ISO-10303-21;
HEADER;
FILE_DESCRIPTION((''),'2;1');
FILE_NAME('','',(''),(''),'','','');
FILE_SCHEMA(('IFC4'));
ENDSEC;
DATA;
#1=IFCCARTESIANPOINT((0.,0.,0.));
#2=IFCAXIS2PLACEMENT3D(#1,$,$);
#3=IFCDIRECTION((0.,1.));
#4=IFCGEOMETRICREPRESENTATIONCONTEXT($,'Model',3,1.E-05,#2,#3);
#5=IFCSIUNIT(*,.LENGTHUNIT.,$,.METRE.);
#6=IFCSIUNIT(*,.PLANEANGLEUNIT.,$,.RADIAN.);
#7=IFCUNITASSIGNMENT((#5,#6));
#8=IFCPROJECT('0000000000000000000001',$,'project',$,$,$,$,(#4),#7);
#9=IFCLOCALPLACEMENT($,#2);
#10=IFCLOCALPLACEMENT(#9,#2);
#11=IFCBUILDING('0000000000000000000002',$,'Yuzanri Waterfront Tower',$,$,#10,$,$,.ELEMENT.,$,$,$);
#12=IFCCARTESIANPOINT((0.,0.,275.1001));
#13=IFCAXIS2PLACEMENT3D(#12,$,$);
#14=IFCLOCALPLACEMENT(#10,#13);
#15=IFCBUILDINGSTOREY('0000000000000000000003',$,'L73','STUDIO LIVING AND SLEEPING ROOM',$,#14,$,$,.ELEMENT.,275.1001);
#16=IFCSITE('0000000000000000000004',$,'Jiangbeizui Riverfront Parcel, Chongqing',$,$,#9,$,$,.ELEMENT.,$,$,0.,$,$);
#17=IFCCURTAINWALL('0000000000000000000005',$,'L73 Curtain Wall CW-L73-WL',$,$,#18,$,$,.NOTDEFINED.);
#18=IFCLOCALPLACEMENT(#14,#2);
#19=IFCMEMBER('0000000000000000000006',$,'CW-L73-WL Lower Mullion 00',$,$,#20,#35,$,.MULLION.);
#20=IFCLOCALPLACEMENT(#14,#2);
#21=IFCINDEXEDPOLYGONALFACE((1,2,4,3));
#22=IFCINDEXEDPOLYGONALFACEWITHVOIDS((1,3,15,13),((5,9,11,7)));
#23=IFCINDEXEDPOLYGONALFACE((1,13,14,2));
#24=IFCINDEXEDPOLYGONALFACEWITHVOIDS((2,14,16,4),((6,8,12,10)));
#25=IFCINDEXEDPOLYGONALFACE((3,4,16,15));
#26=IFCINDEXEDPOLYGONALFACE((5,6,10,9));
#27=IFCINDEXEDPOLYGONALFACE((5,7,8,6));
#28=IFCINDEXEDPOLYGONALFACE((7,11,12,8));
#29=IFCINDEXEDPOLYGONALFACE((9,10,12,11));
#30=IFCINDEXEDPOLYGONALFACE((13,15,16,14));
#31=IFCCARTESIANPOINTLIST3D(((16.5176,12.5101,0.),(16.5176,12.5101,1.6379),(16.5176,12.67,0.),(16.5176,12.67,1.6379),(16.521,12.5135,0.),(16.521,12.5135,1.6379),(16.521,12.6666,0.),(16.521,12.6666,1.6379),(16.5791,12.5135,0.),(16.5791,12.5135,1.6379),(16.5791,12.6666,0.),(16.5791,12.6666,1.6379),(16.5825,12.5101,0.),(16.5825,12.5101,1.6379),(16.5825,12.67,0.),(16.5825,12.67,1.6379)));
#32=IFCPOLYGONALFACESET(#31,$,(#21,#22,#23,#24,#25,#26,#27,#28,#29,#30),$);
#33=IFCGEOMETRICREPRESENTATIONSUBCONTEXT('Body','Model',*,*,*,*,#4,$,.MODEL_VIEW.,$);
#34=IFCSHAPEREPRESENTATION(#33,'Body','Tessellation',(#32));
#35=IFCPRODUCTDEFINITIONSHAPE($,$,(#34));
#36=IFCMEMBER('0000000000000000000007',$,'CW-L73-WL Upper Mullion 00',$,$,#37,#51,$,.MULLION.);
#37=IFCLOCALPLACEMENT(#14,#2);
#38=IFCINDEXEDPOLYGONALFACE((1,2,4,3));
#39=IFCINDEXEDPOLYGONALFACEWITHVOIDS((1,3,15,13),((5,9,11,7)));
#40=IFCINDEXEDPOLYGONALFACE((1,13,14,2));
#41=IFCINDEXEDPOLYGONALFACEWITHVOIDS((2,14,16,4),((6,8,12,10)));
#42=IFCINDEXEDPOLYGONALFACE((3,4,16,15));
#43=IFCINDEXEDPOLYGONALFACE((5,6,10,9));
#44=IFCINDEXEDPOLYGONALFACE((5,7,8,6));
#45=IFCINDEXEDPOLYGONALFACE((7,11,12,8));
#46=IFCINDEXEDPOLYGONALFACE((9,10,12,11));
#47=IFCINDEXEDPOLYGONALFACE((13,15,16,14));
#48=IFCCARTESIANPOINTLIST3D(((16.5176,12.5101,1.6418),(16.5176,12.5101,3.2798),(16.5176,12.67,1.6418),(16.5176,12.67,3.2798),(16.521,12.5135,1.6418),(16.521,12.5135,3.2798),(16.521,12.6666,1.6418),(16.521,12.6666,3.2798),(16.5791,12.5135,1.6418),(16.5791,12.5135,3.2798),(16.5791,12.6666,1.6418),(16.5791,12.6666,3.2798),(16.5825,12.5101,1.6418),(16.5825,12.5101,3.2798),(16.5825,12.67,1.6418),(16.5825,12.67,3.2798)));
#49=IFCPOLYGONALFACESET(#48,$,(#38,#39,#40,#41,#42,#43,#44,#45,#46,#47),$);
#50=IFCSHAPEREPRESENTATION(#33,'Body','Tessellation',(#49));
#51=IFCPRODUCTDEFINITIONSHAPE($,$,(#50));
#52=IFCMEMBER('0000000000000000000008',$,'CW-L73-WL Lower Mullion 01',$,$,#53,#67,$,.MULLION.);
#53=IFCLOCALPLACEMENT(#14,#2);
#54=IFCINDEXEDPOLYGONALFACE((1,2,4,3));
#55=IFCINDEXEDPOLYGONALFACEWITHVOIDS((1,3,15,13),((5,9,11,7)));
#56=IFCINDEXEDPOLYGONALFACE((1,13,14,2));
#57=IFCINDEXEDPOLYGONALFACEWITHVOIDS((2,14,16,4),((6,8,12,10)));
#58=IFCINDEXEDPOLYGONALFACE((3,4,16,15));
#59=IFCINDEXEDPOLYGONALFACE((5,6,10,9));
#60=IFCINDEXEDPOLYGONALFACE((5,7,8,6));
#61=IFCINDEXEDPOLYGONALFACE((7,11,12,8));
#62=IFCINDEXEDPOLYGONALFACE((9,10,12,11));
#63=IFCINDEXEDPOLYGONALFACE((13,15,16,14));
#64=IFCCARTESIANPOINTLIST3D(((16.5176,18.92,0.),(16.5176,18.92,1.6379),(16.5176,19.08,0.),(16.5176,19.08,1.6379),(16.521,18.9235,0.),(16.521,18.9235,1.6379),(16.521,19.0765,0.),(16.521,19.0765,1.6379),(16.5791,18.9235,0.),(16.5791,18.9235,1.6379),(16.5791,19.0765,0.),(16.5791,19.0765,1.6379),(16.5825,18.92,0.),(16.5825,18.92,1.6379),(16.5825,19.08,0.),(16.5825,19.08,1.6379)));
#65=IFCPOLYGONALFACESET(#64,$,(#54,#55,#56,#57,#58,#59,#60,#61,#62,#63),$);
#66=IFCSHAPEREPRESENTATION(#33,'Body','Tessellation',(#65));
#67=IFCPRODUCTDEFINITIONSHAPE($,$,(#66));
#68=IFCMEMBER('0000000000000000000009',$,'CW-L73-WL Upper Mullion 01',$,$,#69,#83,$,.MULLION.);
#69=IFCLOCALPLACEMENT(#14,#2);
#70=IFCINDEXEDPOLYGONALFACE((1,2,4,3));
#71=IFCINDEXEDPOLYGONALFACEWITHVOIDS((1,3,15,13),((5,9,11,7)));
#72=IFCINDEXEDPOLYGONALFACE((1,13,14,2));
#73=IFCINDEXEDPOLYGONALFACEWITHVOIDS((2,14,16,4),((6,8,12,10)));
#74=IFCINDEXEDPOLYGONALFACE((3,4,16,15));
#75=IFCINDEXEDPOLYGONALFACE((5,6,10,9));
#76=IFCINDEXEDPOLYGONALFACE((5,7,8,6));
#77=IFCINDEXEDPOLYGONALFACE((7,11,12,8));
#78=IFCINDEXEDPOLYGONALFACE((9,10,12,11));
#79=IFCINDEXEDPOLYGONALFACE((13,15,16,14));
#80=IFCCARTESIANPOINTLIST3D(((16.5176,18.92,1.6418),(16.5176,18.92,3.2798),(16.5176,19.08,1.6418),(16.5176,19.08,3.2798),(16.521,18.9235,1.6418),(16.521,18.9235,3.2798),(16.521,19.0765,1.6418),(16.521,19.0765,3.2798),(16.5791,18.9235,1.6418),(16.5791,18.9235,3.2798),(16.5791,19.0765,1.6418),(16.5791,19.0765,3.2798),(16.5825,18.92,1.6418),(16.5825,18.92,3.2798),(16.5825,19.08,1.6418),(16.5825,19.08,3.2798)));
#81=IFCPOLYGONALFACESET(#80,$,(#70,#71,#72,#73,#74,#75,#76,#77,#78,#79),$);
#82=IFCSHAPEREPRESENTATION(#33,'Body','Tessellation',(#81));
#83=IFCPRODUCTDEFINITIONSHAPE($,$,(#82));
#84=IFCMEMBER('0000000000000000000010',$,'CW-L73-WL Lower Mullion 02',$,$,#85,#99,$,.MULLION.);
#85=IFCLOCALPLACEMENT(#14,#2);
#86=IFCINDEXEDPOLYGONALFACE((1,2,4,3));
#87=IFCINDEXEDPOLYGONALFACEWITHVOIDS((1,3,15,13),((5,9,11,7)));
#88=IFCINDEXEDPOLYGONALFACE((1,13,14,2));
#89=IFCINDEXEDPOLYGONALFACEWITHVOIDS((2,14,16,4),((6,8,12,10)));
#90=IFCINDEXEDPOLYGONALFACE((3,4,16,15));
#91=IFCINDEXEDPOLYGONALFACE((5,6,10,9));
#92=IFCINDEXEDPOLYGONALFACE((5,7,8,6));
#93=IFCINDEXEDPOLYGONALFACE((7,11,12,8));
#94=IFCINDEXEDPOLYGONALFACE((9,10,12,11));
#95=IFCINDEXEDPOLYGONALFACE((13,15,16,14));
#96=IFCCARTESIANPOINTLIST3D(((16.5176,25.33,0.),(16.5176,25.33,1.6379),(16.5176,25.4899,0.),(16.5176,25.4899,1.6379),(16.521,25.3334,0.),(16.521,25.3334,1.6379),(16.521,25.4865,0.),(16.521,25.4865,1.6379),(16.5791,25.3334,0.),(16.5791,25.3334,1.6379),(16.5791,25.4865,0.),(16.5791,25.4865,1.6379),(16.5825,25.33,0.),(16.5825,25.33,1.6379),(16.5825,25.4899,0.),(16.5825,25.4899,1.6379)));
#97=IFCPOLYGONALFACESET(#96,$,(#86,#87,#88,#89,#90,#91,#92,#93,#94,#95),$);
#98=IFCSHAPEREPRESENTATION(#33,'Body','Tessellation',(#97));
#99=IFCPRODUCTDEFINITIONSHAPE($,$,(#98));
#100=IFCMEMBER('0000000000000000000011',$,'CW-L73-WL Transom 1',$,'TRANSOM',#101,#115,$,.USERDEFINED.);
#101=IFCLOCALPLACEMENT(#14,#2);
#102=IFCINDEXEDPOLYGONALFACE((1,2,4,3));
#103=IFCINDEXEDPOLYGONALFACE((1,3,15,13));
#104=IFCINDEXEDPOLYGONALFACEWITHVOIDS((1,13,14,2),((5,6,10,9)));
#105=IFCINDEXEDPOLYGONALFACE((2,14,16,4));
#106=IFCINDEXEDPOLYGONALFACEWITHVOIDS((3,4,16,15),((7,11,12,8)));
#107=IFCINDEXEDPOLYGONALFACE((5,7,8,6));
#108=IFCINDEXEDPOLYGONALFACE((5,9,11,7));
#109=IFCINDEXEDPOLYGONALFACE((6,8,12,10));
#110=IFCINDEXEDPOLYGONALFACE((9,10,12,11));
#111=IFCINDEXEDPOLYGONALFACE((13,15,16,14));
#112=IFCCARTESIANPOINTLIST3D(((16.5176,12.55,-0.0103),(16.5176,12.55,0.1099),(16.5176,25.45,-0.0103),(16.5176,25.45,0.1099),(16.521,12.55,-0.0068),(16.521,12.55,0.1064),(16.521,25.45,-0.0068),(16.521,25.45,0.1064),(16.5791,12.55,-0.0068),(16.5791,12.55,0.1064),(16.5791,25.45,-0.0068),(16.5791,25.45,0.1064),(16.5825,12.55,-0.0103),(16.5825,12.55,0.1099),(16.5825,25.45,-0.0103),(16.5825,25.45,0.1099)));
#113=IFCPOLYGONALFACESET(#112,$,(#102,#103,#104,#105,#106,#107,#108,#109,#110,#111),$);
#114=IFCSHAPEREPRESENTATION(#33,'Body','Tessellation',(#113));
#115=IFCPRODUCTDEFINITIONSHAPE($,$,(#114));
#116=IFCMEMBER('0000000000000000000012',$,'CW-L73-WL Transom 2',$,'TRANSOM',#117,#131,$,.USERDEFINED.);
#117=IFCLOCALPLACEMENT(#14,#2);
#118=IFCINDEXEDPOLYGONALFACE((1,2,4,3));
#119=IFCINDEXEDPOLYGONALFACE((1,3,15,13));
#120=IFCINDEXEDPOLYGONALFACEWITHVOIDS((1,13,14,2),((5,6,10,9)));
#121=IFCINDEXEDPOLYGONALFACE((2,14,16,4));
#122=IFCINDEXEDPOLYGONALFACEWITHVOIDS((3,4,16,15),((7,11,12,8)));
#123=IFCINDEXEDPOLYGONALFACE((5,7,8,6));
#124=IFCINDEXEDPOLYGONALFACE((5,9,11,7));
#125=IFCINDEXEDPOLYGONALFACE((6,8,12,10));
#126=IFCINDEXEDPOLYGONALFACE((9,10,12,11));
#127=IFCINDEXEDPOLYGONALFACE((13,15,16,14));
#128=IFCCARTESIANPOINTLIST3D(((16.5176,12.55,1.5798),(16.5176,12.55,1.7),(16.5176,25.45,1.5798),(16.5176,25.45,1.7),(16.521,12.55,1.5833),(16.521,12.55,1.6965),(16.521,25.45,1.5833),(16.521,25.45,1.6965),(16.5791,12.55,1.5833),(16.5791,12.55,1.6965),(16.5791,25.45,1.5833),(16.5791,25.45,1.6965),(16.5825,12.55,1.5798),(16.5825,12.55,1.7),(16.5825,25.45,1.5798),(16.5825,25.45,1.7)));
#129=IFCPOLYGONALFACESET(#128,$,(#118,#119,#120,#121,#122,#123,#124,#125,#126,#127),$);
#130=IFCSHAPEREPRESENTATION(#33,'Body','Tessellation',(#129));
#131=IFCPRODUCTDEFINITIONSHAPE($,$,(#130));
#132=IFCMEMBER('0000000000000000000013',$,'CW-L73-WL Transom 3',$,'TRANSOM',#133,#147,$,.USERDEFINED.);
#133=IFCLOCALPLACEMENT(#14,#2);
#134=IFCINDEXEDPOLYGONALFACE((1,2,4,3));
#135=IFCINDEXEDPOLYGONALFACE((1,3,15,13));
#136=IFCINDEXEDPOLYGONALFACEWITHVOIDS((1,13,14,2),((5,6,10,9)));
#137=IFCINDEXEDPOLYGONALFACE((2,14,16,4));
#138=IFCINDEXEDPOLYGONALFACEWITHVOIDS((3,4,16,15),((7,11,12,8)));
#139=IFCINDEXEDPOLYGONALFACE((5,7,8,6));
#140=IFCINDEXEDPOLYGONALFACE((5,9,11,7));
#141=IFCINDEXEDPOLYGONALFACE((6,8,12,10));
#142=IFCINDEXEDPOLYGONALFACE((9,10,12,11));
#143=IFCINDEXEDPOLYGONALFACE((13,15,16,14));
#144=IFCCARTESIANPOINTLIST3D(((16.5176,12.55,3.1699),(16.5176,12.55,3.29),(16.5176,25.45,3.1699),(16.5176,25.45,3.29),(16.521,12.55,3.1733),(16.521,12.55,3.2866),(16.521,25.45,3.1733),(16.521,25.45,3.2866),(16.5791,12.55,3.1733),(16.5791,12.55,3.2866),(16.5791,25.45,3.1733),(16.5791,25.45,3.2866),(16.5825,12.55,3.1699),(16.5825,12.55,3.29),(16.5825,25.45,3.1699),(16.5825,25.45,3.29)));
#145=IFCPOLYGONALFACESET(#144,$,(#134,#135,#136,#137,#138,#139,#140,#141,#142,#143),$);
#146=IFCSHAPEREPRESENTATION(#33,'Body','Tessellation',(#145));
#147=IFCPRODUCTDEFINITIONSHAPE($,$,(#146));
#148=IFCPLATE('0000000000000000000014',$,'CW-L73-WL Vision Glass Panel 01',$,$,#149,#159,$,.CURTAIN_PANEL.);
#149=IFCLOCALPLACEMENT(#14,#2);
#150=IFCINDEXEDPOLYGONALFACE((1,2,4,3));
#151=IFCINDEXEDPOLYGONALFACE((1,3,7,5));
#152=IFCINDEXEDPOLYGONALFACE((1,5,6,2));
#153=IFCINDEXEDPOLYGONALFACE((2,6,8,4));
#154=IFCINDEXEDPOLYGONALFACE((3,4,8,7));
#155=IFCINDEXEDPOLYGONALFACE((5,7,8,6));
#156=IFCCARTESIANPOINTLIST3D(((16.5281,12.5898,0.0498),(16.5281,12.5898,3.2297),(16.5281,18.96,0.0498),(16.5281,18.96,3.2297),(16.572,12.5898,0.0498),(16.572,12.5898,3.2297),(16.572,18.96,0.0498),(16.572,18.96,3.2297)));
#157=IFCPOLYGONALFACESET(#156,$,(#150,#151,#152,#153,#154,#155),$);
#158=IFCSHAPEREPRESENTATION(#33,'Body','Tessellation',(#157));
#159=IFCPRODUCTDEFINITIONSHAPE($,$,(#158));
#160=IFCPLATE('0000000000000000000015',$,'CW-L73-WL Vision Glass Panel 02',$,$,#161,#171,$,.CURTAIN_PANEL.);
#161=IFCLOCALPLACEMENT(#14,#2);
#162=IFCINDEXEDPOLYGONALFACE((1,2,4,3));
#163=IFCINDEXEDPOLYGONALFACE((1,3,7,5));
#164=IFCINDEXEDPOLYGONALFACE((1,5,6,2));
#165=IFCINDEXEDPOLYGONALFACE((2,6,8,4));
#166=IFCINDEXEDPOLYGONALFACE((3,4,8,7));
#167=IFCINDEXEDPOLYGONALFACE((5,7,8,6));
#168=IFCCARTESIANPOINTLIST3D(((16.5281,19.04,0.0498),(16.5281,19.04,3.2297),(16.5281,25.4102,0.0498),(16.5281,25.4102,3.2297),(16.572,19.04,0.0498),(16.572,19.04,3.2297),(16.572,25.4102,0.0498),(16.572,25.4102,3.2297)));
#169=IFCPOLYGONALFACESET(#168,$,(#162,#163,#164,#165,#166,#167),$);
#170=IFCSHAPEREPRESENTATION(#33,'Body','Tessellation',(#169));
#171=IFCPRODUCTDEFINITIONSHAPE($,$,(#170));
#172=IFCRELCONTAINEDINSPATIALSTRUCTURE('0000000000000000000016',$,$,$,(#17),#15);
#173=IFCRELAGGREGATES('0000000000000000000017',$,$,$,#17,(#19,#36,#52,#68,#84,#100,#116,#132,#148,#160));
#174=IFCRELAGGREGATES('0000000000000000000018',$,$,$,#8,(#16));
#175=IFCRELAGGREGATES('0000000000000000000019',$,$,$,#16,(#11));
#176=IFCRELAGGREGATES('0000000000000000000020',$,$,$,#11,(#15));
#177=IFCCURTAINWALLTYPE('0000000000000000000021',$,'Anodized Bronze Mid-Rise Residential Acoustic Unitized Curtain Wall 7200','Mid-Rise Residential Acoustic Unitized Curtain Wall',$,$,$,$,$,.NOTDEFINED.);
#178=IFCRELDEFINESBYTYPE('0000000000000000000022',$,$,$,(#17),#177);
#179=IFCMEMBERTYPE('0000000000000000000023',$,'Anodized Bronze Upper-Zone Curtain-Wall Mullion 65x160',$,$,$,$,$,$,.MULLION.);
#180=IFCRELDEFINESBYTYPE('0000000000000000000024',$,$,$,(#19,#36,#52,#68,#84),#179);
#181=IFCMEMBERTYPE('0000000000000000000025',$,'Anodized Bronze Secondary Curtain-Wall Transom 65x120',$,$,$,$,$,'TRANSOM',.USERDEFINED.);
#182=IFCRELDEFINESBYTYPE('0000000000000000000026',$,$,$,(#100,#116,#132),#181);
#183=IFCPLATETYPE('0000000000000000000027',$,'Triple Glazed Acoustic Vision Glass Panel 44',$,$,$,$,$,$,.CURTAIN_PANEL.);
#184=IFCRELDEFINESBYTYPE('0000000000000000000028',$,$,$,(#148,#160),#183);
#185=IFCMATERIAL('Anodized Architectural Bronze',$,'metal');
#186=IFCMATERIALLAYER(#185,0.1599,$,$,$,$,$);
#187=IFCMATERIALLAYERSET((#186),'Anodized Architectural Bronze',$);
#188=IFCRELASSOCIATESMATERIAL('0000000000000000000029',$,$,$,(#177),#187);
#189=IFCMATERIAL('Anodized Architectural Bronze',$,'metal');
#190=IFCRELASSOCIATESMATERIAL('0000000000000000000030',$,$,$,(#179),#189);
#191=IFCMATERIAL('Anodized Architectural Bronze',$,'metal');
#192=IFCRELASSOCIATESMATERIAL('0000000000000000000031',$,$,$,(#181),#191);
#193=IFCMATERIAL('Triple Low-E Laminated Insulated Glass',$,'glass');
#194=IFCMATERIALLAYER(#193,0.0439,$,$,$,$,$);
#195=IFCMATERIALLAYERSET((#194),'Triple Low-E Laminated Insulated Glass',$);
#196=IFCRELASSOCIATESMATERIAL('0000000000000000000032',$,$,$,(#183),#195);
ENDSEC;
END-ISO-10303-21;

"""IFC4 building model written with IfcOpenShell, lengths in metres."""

from ifc_helpers import new_model, si_unit, direction, frame, origin, origin_2d, place, context, subcontext, project, spatial, rectangle, hollow_rectangle, extrude, source, transform, mapped, material, layer, layer_set, material_profile, profile_set, type_object, element, aggregate, save


model = new_model("IFC4")

# Units and contexts
model_context = context("Model", 3, precision=1e-05, world=origin(), true_north=direction((0.0, 1.0)))
body_context = subcontext(model_context, "Body", "Model", "MODEL_VIEW")
ifc_project = project(units=[si_unit("LENGTHUNIT", "METRE"), si_unit("PLANEANGLEUNIT", "RADIAN")], contexts=[model_context])

# Site, building, storey
site_placement = place(None, origin())
site = spatial("IfcSite", under=ifc_project, at=site_placement, Name="Jiangbeizui Riverfront Parcel, Chongqing", CompositionType="ELEMENT", RefElevation=0.0)
building_placement = place(site_placement, origin())
building = spatial("IfcBuilding", under=site, at=building_placement, Name="Yuzanri Waterfront Tower", CompositionType="ELEMENT")
storey_placement = place(building_placement, frame((0.0, 0.0, 275.1001)))
storey = spatial("IfcBuildingStorey", under=building, at=storey_placement, Name="L73", Description="STUDIO LIVING AND SLEEPING ROOM", CompositionType="ELEMENT", Elevation=275.1001)

# Curtain wall, members, plates
ifc_material_1 = material(Name="Anodized Architectural Bronze", Category="metal")
ifc_layer_1 = layer(ifc_material_1, 0.1599)
ifc_layer_set_1 = layer_set([ifc_layer_1], Name="Anodized Architectural Bronze")
curtain_wall_type = type_object("IfcCurtainWallType", Name="Anodized Bronze Mid-Rise Residential Acoustic Unitized Curtain Wall 7200", Description="Mid-Rise Residential Acoustic Unitized Curtain Wall", PredefinedType="NOTDEFINED", material=ifc_layer_set_1)
curtain_wall_placement = place(storey_placement, origin())
curtain_wall = element("IfcCurtainWall", 1, at=curtain_wall_placement, inside=storey, type_object=curtain_wall_type, Name="L73 Curtain Wall CW-L73-WL", PredefinedType="NOTDEFINED")
ifc_material_2 = material(Name="Anodized Architectural Bronze", Category="metal")
ifc_material_profile_1 = material_profile(ifc_material_2, hollow_rectangle(XDim=0.0649, YDim=0.1599, WallThickness=0.0034, at=origin_2d()), Name="CWM 65x160")
ifc_profile_set_1 = profile_set([ifc_material_profile_1], Name="Anodized Architectural Bronze")
member_type_1 = type_object("IfcMemberType", Name="Anodized Bronze Upper-Zone Curtain-Wall Mullion 65x160", PredefinedType="MULLION", material=ifc_profile_set_1)
shared_shape_1 = source(origin(), body_context, "Body", "SweptSolid", [
    extrude(hollow_rectangle(XDim=0.0649, YDim=0.1599, WallThickness=0.0034, at=origin_2d()), origin(), (0.0, 0.0, 1.0), 1.6379),
])
member_1_placement = place(storey_placement, frame((16.55, 12.5901, 0.0), z_axis=(0.0, 0.0, 1.0), x_axis=(1.0, 0.0, 0.0)))
member_1 = element("IfcMember", 2, at=member_1_placement, type_object=member_type_1, Name="CW-L73-WL Lower Mullion 00", PredefinedType="MULLION", context=body_context, shape_type="MappedRepresentation", body=[
    mapped(shared_shape_1, transform((0.0, 0.0, 0.0), scale=1.0)),
])
member_2_placement = place(storey_placement, frame((16.55, 12.5901, 1.6418), z_axis=(0.0, 0.0, 1.0), x_axis=(1.0, 0.0, 0.0)))
member_2 = element("IfcMember", 3, at=member_2_placement, type_object=member_type_1, Name="CW-L73-WL Upper Mullion 00", PredefinedType="MULLION", context=body_context, shape_type="MappedRepresentation", body=[
    mapped(shared_shape_1, transform((0.0, 0.0, 0.0), scale=1.0)),
])
member_3_placement = place(storey_placement, frame((16.55, 19.0, 0.0), z_axis=(0.0, 0.0, 1.0), x_axis=(1.0, 0.0, 0.0)))
member_3 = element("IfcMember", 4, at=member_3_placement, type_object=member_type_1, Name="CW-L73-WL Lower Mullion 01", PredefinedType="MULLION", context=body_context, shape_type="MappedRepresentation", body=[
    mapped(shared_shape_1, transform((0.0, 0.0, 0.0), scale=1.0)),
])
member_4_placement = place(storey_placement, frame((16.55, 19.0, 1.6418), z_axis=(0.0, 0.0, 1.0), x_axis=(1.0, 0.0, 0.0)))
member_4 = element("IfcMember", 5, at=member_4_placement, type_object=member_type_1, Name="CW-L73-WL Upper Mullion 01", PredefinedType="MULLION", context=body_context, shape_type="MappedRepresentation", body=[
    mapped(shared_shape_1, transform((0.0, 0.0, 0.0), scale=1.0)),
])
member_5_placement = place(storey_placement, frame((16.55, 25.4099, 0.0), z_axis=(0.0, 0.0, 1.0), x_axis=(1.0, 0.0, 0.0)))
member_5 = element("IfcMember", 6, at=member_5_placement, type_object=member_type_1, Name="CW-L73-WL Lower Mullion 02", PredefinedType="MULLION", context=body_context, shape_type="MappedRepresentation", body=[
    mapped(shared_shape_1, transform((0.0, 0.0, 0.0), scale=1.0)),
])
ifc_material_3 = material(Name="Anodized Architectural Bronze", Category="metal")
ifc_material_profile_2 = material_profile(ifc_material_3, hollow_rectangle(XDim=0.0649, YDim=0.1201, WallThickness=0.0034, at=origin_2d()), Name="CWT 65x120")
ifc_profile_set_2 = profile_set([ifc_material_profile_2], Name="Anodized Architectural Bronze")
member_type_2 = type_object("IfcMemberType", Name="Anodized Bronze Secondary Curtain-Wall Transom 65x120", ElementType="TRANSOM", PredefinedType="USERDEFINED", material=ifc_profile_set_2)
shared_shape_2 = source(origin(), body_context, "Body", "SweptSolid", [
    extrude(hollow_rectangle(XDim=0.0649, YDim=0.1201, WallThickness=0.0034, at=origin_2d()), origin(), (0.0, 0.0, 1.0), 12.8999),
])
member_6_placement = place(storey_placement, frame((16.55, 12.55, 0.0498), z_axis=(0.0, 1.0, 0.0), x_axis=(-1.0, 0.0, 0.0)))
member_6 = element("IfcMember", 7, at=member_6_placement, type_object=member_type_2, Name="CW-L73-WL Transom 1", ObjectType="TRANSOM", PredefinedType="USERDEFINED", context=body_context, shape_type="MappedRepresentation", body=[
    mapped(shared_shape_2, transform((0.0, 0.0, 0.0), scale=1.0)),
])
member_7_placement = place(storey_placement, frame((16.55, 12.55, 1.6399), z_axis=(0.0, 1.0, 0.0), x_axis=(-1.0, 0.0, 0.0)))
member_7 = element("IfcMember", 8, at=member_7_placement, type_object=member_type_2, Name="CW-L73-WL Transom 2", ObjectType="TRANSOM", PredefinedType="USERDEFINED", context=body_context, shape_type="MappedRepresentation", body=[
    mapped(shared_shape_2, transform((0.0, 0.0, 0.0), scale=1.0)),
])
member_8_placement = place(storey_placement, frame((16.55, 12.55, 3.23), z_axis=(0.0, 1.0, 0.0), x_axis=(-1.0, 0.0, 0.0)))
member_8 = element("IfcMember", 9, at=member_8_placement, type_object=member_type_2, Name="CW-L73-WL Transom 3", ObjectType="TRANSOM", PredefinedType="USERDEFINED", context=body_context, shape_type="MappedRepresentation", body=[
    mapped(shared_shape_2, transform((0.0, 0.0, 0.0), scale=1.0)),
])
ifc_material_4 = material(Name="Triple Low-E Laminated Insulated Glass", Category="glass")
ifc_layer_2 = layer(ifc_material_4, 0.0439)
ifc_layer_set_2 = layer_set([ifc_layer_2], Name="Triple Low-E Laminated Insulated Glass")
plate_type = type_object("IfcPlateType", Name="Triple Glazed Acoustic Vision Glass Panel 44", PredefinedType="CURTAIN_PANEL", material=ifc_layer_set_2)
shared_shape_3 = source(origin(), body_context, "Body", "SweptSolid", [
    extrude(rectangle(XDim=6.3701, YDim=0.0439, at=origin_2d()), origin(), (0.0, 0.0, 1.0), 3.1799),
])
plate_1_placement = place(storey_placement, frame((16.55, 15.7749, 0.0498), z_axis=(0.0, 0.0, 1.0), x_axis=(0.0, 1.0, 0.0)))
plate_1 = element("IfcPlate", 10, at=plate_1_placement, type_object=plate_type, Name="CW-L73-WL Vision Glass Panel 01", PredefinedType="CURTAIN_PANEL", context=body_context, shape_type="MappedRepresentation", body=[
    mapped(shared_shape_3, transform((0.0, 0.0, 0.0), scale=1.0)),
])
plate_2_placement = place(storey_placement, frame((16.55, 22.2251, 0.0498), z_axis=(0.0, 0.0, 1.0), x_axis=(0.0, 1.0, 0.0)))
plate_2 = element("IfcPlate", 11, at=plate_2_placement, type_object=plate_type, Name="CW-L73-WL Vision Glass Panel 02", PredefinedType="CURTAIN_PANEL", context=body_context, shape_type="MappedRepresentation", body=[
    mapped(shared_shape_3, transform((0.0, 0.0, 0.0), scale=1.0)),
])
aggregate(curtain_wall, [member_1, member_2, member_3, member_4, member_5, member_6, member_7, member_8, plate_1, plate_2])

save(model, "model.ifc")
